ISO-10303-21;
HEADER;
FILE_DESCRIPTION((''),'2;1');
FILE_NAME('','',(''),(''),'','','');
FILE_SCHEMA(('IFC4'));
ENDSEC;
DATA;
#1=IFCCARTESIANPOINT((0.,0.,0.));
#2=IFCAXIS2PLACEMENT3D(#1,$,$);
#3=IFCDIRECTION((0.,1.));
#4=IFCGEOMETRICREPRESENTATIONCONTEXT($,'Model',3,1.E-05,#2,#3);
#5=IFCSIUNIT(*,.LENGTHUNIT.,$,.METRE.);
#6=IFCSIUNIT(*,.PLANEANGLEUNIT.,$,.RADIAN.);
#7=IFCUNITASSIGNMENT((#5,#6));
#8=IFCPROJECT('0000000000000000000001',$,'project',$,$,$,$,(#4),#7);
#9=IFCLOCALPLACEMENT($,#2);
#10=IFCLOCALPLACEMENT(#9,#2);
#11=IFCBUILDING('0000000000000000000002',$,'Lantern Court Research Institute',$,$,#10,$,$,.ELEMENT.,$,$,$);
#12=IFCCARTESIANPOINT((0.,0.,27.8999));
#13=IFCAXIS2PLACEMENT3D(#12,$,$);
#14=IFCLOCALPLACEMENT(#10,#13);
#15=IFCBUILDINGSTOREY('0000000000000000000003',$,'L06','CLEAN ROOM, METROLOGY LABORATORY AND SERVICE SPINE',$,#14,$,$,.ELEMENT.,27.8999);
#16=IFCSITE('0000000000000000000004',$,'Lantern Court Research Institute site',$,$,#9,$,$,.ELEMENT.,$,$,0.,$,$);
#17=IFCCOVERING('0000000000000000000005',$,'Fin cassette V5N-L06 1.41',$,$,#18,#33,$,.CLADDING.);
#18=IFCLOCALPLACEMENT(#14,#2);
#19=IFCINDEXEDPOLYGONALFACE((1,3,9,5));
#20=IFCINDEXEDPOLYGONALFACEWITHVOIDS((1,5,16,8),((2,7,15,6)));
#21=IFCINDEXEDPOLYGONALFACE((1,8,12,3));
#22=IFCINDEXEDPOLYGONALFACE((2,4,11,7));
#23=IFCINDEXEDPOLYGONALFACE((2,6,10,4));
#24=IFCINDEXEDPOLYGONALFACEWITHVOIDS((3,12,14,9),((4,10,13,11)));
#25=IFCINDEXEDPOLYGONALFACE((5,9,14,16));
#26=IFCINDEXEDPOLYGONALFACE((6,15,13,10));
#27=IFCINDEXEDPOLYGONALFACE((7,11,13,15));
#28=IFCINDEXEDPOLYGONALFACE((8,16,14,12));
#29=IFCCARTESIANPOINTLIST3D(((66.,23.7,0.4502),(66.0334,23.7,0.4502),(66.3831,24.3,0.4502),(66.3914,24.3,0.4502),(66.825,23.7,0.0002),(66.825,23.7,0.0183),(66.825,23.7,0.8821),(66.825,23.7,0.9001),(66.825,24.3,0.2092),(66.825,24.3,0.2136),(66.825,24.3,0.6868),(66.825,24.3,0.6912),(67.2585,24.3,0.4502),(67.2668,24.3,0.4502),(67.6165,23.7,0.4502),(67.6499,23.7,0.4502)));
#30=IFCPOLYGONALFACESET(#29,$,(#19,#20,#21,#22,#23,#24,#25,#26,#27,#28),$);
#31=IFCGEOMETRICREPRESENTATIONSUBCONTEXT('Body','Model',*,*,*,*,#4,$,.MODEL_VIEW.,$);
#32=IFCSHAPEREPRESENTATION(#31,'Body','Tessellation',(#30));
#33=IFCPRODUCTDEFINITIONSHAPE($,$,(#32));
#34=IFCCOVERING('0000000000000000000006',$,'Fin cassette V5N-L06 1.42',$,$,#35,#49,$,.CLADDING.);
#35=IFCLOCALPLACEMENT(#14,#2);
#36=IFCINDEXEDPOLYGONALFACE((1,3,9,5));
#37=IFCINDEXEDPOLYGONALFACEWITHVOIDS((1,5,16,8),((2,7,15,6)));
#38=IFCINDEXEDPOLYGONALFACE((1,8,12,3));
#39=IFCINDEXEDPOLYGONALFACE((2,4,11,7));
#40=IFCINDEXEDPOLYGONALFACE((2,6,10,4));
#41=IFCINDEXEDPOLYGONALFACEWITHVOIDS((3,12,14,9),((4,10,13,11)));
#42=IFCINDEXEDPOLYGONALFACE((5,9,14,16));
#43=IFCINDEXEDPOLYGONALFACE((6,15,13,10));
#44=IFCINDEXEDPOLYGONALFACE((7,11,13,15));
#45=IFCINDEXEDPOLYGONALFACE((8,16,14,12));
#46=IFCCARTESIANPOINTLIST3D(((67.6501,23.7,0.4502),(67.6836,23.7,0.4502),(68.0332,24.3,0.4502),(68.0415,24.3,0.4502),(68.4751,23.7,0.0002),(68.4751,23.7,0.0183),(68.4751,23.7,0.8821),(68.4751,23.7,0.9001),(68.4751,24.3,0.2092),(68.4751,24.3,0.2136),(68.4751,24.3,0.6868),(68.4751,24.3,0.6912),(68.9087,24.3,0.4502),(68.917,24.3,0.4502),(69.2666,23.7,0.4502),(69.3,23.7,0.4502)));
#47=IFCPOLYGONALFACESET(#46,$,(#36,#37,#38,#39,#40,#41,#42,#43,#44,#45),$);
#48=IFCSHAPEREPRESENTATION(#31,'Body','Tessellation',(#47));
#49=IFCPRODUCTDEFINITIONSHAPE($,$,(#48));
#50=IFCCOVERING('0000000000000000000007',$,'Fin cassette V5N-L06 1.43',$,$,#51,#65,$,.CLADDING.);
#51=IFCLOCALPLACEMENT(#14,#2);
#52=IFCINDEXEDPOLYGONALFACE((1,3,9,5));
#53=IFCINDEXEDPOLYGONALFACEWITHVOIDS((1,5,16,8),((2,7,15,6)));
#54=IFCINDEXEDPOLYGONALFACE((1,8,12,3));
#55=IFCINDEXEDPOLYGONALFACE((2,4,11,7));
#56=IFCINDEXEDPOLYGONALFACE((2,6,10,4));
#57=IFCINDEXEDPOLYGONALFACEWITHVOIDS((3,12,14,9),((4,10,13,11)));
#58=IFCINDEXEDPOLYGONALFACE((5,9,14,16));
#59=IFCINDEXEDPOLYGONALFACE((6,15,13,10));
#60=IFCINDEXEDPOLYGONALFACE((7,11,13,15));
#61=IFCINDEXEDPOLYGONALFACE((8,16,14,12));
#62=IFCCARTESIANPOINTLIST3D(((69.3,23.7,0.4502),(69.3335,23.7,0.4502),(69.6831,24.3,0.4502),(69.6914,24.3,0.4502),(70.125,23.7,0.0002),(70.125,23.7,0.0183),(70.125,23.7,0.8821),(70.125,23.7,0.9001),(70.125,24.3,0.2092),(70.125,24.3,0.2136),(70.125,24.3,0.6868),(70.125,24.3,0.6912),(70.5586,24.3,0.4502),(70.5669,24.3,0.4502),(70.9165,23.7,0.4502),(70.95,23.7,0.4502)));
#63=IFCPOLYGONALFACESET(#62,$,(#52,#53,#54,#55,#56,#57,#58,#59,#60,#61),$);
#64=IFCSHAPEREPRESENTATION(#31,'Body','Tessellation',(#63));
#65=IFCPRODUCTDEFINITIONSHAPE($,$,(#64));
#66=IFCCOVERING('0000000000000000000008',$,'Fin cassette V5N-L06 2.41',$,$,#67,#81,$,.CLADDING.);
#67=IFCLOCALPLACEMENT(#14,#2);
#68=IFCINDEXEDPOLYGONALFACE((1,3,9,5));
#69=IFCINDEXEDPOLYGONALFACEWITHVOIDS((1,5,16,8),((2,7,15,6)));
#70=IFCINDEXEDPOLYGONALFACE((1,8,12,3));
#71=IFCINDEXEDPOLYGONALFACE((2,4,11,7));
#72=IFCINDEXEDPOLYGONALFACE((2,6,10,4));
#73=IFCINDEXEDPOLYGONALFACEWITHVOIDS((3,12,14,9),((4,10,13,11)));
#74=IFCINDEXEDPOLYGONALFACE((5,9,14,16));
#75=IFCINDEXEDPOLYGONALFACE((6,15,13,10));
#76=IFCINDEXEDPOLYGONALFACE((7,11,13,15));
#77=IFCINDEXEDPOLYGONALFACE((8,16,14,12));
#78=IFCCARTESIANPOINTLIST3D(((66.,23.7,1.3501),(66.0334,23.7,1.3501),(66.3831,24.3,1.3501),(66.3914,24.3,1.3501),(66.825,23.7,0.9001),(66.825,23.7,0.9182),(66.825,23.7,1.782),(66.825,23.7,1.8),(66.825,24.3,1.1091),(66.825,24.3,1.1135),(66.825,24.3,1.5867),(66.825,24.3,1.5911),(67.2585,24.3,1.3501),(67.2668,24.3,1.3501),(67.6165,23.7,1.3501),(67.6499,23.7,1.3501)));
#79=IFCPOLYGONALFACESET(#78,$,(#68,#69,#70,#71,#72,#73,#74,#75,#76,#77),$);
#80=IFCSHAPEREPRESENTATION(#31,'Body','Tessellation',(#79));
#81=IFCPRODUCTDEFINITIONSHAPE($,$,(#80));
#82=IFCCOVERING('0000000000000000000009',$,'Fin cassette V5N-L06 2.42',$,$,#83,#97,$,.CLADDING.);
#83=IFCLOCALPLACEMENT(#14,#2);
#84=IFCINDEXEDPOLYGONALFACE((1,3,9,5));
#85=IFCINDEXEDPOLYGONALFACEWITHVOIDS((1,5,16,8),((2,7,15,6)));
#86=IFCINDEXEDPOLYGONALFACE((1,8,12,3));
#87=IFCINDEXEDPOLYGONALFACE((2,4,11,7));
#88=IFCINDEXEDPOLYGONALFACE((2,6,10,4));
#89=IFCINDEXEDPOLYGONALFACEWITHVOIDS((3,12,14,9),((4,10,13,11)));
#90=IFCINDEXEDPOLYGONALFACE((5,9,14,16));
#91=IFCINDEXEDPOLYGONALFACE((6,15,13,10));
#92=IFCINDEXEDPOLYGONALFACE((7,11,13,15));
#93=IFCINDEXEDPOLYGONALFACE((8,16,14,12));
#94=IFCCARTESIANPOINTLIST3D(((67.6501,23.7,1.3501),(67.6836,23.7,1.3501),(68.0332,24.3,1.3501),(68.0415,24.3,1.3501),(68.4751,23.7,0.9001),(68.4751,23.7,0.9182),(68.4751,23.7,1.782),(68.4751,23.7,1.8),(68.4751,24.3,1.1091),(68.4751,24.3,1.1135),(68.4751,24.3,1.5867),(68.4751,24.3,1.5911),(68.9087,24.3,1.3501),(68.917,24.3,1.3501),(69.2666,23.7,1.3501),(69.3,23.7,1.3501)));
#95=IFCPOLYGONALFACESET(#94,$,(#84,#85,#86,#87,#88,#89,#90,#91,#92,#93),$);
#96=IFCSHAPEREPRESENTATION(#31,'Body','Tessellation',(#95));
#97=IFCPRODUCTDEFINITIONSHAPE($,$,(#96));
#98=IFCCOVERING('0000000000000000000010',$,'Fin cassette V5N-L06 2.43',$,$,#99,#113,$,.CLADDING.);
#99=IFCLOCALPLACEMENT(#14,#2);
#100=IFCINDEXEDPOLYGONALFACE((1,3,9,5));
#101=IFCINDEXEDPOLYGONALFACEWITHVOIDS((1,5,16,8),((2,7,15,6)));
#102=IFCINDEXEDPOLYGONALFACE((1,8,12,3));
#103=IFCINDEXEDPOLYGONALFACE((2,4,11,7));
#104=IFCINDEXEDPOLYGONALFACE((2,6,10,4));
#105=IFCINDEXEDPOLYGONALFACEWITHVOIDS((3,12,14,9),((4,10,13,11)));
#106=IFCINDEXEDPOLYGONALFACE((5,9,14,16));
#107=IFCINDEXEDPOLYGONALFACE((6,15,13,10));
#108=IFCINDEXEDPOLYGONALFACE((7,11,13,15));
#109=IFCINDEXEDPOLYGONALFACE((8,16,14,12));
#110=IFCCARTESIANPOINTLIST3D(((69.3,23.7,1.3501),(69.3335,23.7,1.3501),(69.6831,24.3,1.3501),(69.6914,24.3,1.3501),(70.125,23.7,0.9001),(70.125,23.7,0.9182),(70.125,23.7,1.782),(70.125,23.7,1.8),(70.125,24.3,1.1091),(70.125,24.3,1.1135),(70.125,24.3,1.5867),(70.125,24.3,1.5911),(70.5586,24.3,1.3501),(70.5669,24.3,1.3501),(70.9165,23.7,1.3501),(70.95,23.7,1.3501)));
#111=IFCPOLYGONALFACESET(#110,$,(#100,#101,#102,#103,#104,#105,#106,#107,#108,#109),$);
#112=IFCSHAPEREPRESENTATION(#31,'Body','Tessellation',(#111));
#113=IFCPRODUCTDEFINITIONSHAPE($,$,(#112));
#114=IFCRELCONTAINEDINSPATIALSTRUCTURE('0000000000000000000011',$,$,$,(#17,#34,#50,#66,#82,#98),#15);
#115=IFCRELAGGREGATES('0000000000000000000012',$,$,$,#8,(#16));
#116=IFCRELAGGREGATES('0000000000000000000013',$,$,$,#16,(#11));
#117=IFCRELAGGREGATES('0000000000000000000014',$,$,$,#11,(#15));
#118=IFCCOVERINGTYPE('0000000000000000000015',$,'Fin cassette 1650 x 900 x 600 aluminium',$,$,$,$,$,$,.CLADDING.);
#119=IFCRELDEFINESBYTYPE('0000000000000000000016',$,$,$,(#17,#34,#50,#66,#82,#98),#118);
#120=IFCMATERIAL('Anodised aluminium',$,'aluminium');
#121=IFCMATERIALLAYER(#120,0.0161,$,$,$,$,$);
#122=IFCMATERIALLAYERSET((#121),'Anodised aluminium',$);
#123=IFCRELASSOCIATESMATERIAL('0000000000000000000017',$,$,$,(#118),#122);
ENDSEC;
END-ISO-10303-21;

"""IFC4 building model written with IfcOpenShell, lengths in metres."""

from ifc_helpers import new_model, entity, si_unit, direction, frame, origin, place, context, subcontext, project, spatial, material, layer, layer_set, type_object, element, save


model = new_model("IFC4")

# Units and contexts
model_context = context("Model", 3, precision=1e-05, world=origin(), true_north=direction((0.0, 1.0)))
body_context = subcontext(model_context, "Body", "Model", "MODEL_VIEW")
ifc_project = project(units=[si_unit("LENGTHUNIT", "METRE"), si_unit("PLANEANGLEUNIT", "RADIAN")], contexts=[model_context])

# Site, building, storey
site_placement = place(None, origin())
site = spatial("IfcSite", under=ifc_project, at=site_placement, Name="Lantern Court Research Institute site", CompositionType="ELEMENT", RefElevation=0.0)
building_placement = place(site_placement, origin())
building = spatial("IfcBuilding", under=site, at=building_placement, Name="Lantern Court Research Institute", CompositionType="ELEMENT")
storey_placement = place(building_placement, frame((0.0, 0.0, 27.8999)))
storey = spatial("IfcBuildingStorey", under=building, at=storey_placement, Name="L06", Description="CLEAN ROOM, METROLOGY LABORATORY AND SERVICE SPINE", CompositionType="ELEMENT", Elevation=27.8999)

# Coverings
ifc_material_1 = material(Name="Anodised aluminium", Category="aluminium")
ifc_layer_1 = layer(ifc_material_1, 0.0161)
ifc_layer_set_1 = layer_set([ifc_layer_1], Name="Anodised aluminium")
covering_type = type_object("IfcCoveringType", Name="Fin cassette 1650 x 900 x 600 aluminium", PredefinedType="CLADDING", material=ifc_layer_set_1)
covering_1_placement = place(storey_placement, frame((66.825, 23.7, 0.4502), z_axis=(0.0, 1.0, 0.0), x_axis=(-1.0, 0.0, 0.0)))
cartesian_point_1 = entity("IfcCartesianPoint", [0.825, 0.0])
cartesian_point_2 = entity("IfcCartesianPoint", [0.7915, 0.0])
cartesian_point_3 = entity("IfcCartesianPoint", [0.4419, 0.0])
cartesian_point_4 = entity("IfcCartesianPoint", [0.4336, 0.0])
element("IfcCovering", 1, at=covering_1_placement, inside=storey, type_object=covering_type, Name="Fin cassette V5N-L06 1.41", PredefinedType="CLADDING", context=body_context, shape_type="SweptSolid", body=[
    entity("IfcExtrudedAreaSolidTapered", entity("IfcArbitraryProfileDefWithVoids", "AREA", None, entity("IfcPolyline", [cartesian_point_1, entity("IfcCartesianPoint", [0.0, 0.45]), entity("IfcCartesianPoint", [-0.825, 0.0]), entity("IfcCartesianPoint", [0.0, -0.45]), cartesian_point_1]), [entity("IfcPolyline", [cartesian_point_2, entity("IfcCartesianPoint", [0.0, 0.4319]), entity("IfcCartesianPoint", [-0.7915, 0.0]), entity("IfcCartesianPoint", [0.0, -0.4319]), cartesian_point_2])]), entity("IfcAxis2Placement3D", entity("IfcCartesianPoint", [0.0, 0.0, 0.0])), entity("IfcDirection", [0.0, 0.0, 1.0]), 0.6001, entity("IfcArbitraryProfileDefWithVoids", "AREA", None, entity("IfcPolyline", [cartesian_point_3, entity("IfcCartesianPoint", [0.0, 0.241]), entity("IfcCartesianPoint", [-0.4419, 0.0]), entity("IfcCartesianPoint", [0.0, -0.241]), cartesian_point_3]), [entity("IfcPolyline", [cartesian_point_4, entity("IfcCartesianPoint", [0.0, 0.2366]), entity("IfcCartesianPoint", [-0.4336, 0.0]), entity("IfcCartesianPoint", [0.0, -0.2366]), cartesian_point_4])])),
])
covering_2_placement = place(storey_placement, frame((68.4751, 23.7, 0.4502), z_axis=(0.0, 1.0, 0.0), x_axis=(-1.0, 0.0, 0.0)))
cartesian_point_5 = entity("IfcCartesianPoint", [0.825, 0.0])
cartesian_point_6 = entity("IfcCartesianPoint", [0.7915, 0.0])
cartesian_point_7 = entity("IfcCartesianPoint", [0.4419, 0.0])
cartesian_point_8 = entity("IfcCartesianPoint", [0.4336, 0.0])
element("IfcCovering", 2, at=covering_2_placement, inside=storey, type_object=covering_type, Name="Fin cassette V5N-L06 1.42", PredefinedType="CLADDING", context=body_context, shape_type="SweptSolid", body=[
    entity("IfcExtrudedAreaSolidTapered", entity("IfcArbitraryProfileDefWithVoids", "AREA", None, entity("IfcPolyline", [cartesian_point_5, entity("IfcCartesianPoint", [0.0, 0.45]), entity("IfcCartesianPoint", [-0.825, 0.0]), entity("IfcCartesianPoint", [0.0, -0.45]), cartesian_point_5]), [entity("IfcPolyline", [cartesian_point_6, entity("IfcCartesianPoint", [0.0, 0.4319]), entity("IfcCartesianPoint", [-0.7915, 0.0]), entity("IfcCartesianPoint", [0.0, -0.4319]), cartesian_point_6])]), entity("IfcAxis2Placement3D", entity("IfcCartesianPoint", [0.0, 0.0, 0.0])), entity("IfcDirection", [0.0, 0.0, 1.0]), 0.6001, entity("IfcArbitraryProfileDefWithVoids", "AREA", None, entity("IfcPolyline", [cartesian_point_7, entity("IfcCartesianPoint", [0.0, 0.241]), entity("IfcCartesianPoint", [-0.4419, 0.0]), entity("IfcCartesianPoint", [0.0, -0.241]), cartesian_point_7]), [entity("IfcPolyline", [cartesian_point_8, entity("IfcCartesianPoint", [0.0, 0.2366]), entity("IfcCartesianPoint", [-0.4336, 0.0]), entity("IfcCartesianPoint", [0.0, -0.2366]), cartesian_point_8])])),
])
covering_3_placement = place(storey_placement, frame((70.125, 23.7, 0.4502), z_axis=(0.0, 1.0, 0.0), x_axis=(-1.0, 0.0, 0.0)))
cartesian_point_9 = entity("IfcCartesianPoint", [0.825, 0.0])
cartesian_point_10 = entity("IfcCartesianPoint", [0.7915, 0.0])
cartesian_point_11 = entity("IfcCartesianPoint", [0.4419, 0.0])
cartesian_point_12 = entity("IfcCartesianPoint", [0.4336, 0.0])
element("IfcCovering", 3, at=covering_3_placement, inside=storey, type_object=covering_type, Name="Fin cassette V5N-L06 1.43", PredefinedType="CLADDING", context=body_context, shape_type="SweptSolid", body=[
    entity("IfcExtrudedAreaSolidTapered", entity("IfcArbitraryProfileDefWithVoids", "AREA", None, entity("IfcPolyline", [cartesian_point_9, entity("IfcCartesianPoint", [0.0, 0.45]), entity("IfcCartesianPoint", [-0.825, 0.0]), entity("IfcCartesianPoint", [0.0, -0.45]), cartesian_point_9]), [entity("IfcPolyline", [cartesian_point_10, entity("IfcCartesianPoint", [0.0, 0.4319]), entity("IfcCartesianPoint", [-0.7915, 0.0]), entity("IfcCartesianPoint", [0.0, -0.4319]), cartesian_point_10])]), entity("IfcAxis2Placement3D", entity("IfcCartesianPoint", [0.0, 0.0, 0.0])), entity("IfcDirection", [0.0, 0.0, 1.0]), 0.6001, entity("IfcArbitraryProfileDefWithVoids", "AREA", None, entity("IfcPolyline", [cartesian_point_11, entity("IfcCartesianPoint", [0.0, 0.241]), entity("IfcCartesianPoint", [-0.4419, 0.0]), entity("IfcCartesianPoint", [0.0, -0.241]), cartesian_point_11]), [entity("IfcPolyline", [cartesian_point_12, entity("IfcCartesianPoint", [0.0, 0.2366]), entity("IfcCartesianPoint", [-0.4336, 0.0]), entity("IfcCartesianPoint", [0.0, -0.2366]), cartesian_point_12])])),
])
covering_4_placement = place(storey_placement, frame((66.825, 23.7, 1.3501), z_axis=(0.0, 1.0, 0.0), x_axis=(-1.0, 0.0, 0.0)))
cartesian_point_13 = entity("IfcCartesianPoint", [0.825, 0.0])
cartesian_point_14 = entity("IfcCartesianPoint", [0.7915, 0.0])
cartesian_point_15 = entity("IfcCartesianPoint", [0.4419, 0.0])
cartesian_point_16 = entity("IfcCartesianPoint", [0.4336, 0.0])
element("IfcCovering", 4, at=covering_4_placement, inside=storey, type_object=covering_type, Name="Fin cassette V5N-L06 2.41", PredefinedType="CLADDING", context=body_context, shape_type="SweptSolid", body=[
    entity("IfcExtrudedAreaSolidTapered", entity("IfcArbitraryProfileDefWithVoids", "AREA", None, entity("IfcPolyline", [cartesian_point_13, entity("IfcCartesianPoint", [0.0, 0.45]), entity("IfcCartesianPoint", [-0.825, 0.0]), entity("IfcCartesianPoint", [0.0, -0.45]), cartesian_point_13]), [entity("IfcPolyline", [cartesian_point_14, entity("IfcCartesianPoint", [0.0, 0.4319]), entity("IfcCartesianPoint", [-0.7915, 0.0]), entity("IfcCartesianPoint", [0.0, -0.4319]), cartesian_point_14])]), entity("IfcAxis2Placement3D", entity("IfcCartesianPoint", [0.0, 0.0, 0.0])), entity("IfcDirection", [0.0, 0.0, 1.0]), 0.6001, entity("IfcArbitraryProfileDefWithVoids", "AREA", None, entity("IfcPolyline", [cartesian_point_15, entity("IfcCartesianPoint", [0.0, 0.241]), entity("IfcCartesianPoint", [-0.4419, 0.0]), entity("IfcCartesianPoint", [0.0, -0.241]), cartesian_point_15]), [entity("IfcPolyline", [cartesian_point_16, entity("IfcCartesianPoint", [0.0, 0.2366]), entity("IfcCartesianPoint", [-0.4336, 0.0]), entity("IfcCartesianPoint", [0.0, -0.2366]), cartesian_point_16])])),
])
covering_5_placement = place(storey_placement, frame((68.4751, 23.7, 1.3501), z_axis=(0.0, 1.0, 0.0), x_axis=(-1.0, 0.0, 0.0)))
cartesian_point_17 = entity("IfcCartesianPoint", [0.825, 0.0])
cartesian_point_18 = entity("IfcCartesianPoint", [0.7915, 0.0])
cartesian_point_19 = entity("IfcCartesianPoint", [0.4419, 0.0])
cartesian_point_20 = entity("IfcCartesianPoint", [0.4336, 0.0])
element("IfcCovering", 5, at=covering_5_placement, inside=storey, type_object=covering_type, Name="Fin cassette V5N-L06 2.42", PredefinedType="CLADDING", context=body_context, shape_type="SweptSolid", body=[
    entity("IfcExtrudedAreaSolidTapered", entity("IfcArbitraryProfileDefWithVoids", "AREA", None, entity("IfcPolyline", [cartesian_point_17, entity("IfcCartesianPoint", [0.0, 0.45]), entity("IfcCartesianPoint", [-0.825, 0.0]), entity("IfcCartesianPoint", [0.0, -0.45]), cartesian_point_17]), [entity("IfcPolyline", [cartesian_point_18, entity("IfcCartesianPoint", [0.0, 0.4319]), entity("IfcCartesianPoint", [-0.7915, 0.0]), entity("IfcCartesianPoint", [0.0, -0.4319]), cartesian_point_18])]), entity("IfcAxis2Placement3D", entity("IfcCartesianPoint", [0.0, 0.0, 0.0])), entity("IfcDirection", [0.0, 0.0, 1.0]), 0.6001, entity("IfcArbitraryProfileDefWithVoids", "AREA", None, entity("IfcPolyline", [cartesian_point_19, entity("IfcCartesianPoint", [0.0, 0.241]), entity("IfcCartesianPoint", [-0.4419, 0.0]), entity("IfcCartesianPoint", [0.0, -0.241]), cartesian_point_19]), [entity("IfcPolyline", [cartesian_point_20, entity("IfcCartesianPoint", [0.0, 0.2366]), entity("IfcCartesianPoint", [-0.4336, 0.0]), entity("IfcCartesianPoint", [0.0, -0.2366]), cartesian_point_20])])),
])
covering_6_placement = place(storey_placement, frame((70.125, 23.7, 1.3501), z_axis=(0.0, 1.0, 0.0), x_axis=(-1.0, 0.0, 0.0)))
cartesian_point_21 = entity("IfcCartesianPoint", [0.825, 0.0])
cartesian_point_22 = entity("IfcCartesianPoint", [0.7915, 0.0])
cartesian_point_23 = entity("IfcCartesianPoint", [0.4419, 0.0])
cartesian_point_24 = entity("IfcCartesianPoint", [0.4336, 0.0])
element("IfcCovering", 6, at=covering_6_placement, inside=storey, type_object=covering_type, Name="Fin cassette V5N-L06 2.43", PredefinedType="CLADDING", context=body_context, shape_type="SweptSolid", body=[
    entity("IfcExtrudedAreaSolidTapered", entity("IfcArbitraryProfileDefWithVoids", "AREA", None, entity("IfcPolyline", [cartesian_point_21, entity("IfcCartesianPoint", [0.0, 0.45]), entity("IfcCartesianPoint", [-0.825, 0.0]), entity("IfcCartesianPoint", [0.0, -0.45]), cartesian_point_21]), [entity("IfcPolyline", [cartesian_point_22, entity("IfcCartesianPoint", [0.0, 0.4319]), entity("IfcCartesianPoint", [-0.7915, 0.0]), entity("IfcCartesianPoint", [0.0, -0.4319]), cartesian_point_22])]), entity("IfcAxis2Placement3D", entity("IfcCartesianPoint", [0.0, 0.0, 0.0])), entity("IfcDirection", [0.0, 0.0, 1.0]), 0.6001, entity("IfcArbitraryProfileDefWithVoids", "AREA", None, entity("IfcPolyline", [cartesian_point_23, entity("IfcCartesianPoint", [0.0, 0.241]), entity("IfcCartesianPoint", [-0.4419, 0.0]), entity("IfcCartesianPoint", [0.0, -0.241]), cartesian_point_23]), [entity("IfcPolyline", [cartesian_point_24, entity("IfcCartesianPoint", [0.0, 0.2366]), entity("IfcCartesianPoint", [-0.4336, 0.0]), entity("IfcCartesianPoint", [0.0, -0.2366]), cartesian_point_24])])),
])

save(model, "model.ifc")
